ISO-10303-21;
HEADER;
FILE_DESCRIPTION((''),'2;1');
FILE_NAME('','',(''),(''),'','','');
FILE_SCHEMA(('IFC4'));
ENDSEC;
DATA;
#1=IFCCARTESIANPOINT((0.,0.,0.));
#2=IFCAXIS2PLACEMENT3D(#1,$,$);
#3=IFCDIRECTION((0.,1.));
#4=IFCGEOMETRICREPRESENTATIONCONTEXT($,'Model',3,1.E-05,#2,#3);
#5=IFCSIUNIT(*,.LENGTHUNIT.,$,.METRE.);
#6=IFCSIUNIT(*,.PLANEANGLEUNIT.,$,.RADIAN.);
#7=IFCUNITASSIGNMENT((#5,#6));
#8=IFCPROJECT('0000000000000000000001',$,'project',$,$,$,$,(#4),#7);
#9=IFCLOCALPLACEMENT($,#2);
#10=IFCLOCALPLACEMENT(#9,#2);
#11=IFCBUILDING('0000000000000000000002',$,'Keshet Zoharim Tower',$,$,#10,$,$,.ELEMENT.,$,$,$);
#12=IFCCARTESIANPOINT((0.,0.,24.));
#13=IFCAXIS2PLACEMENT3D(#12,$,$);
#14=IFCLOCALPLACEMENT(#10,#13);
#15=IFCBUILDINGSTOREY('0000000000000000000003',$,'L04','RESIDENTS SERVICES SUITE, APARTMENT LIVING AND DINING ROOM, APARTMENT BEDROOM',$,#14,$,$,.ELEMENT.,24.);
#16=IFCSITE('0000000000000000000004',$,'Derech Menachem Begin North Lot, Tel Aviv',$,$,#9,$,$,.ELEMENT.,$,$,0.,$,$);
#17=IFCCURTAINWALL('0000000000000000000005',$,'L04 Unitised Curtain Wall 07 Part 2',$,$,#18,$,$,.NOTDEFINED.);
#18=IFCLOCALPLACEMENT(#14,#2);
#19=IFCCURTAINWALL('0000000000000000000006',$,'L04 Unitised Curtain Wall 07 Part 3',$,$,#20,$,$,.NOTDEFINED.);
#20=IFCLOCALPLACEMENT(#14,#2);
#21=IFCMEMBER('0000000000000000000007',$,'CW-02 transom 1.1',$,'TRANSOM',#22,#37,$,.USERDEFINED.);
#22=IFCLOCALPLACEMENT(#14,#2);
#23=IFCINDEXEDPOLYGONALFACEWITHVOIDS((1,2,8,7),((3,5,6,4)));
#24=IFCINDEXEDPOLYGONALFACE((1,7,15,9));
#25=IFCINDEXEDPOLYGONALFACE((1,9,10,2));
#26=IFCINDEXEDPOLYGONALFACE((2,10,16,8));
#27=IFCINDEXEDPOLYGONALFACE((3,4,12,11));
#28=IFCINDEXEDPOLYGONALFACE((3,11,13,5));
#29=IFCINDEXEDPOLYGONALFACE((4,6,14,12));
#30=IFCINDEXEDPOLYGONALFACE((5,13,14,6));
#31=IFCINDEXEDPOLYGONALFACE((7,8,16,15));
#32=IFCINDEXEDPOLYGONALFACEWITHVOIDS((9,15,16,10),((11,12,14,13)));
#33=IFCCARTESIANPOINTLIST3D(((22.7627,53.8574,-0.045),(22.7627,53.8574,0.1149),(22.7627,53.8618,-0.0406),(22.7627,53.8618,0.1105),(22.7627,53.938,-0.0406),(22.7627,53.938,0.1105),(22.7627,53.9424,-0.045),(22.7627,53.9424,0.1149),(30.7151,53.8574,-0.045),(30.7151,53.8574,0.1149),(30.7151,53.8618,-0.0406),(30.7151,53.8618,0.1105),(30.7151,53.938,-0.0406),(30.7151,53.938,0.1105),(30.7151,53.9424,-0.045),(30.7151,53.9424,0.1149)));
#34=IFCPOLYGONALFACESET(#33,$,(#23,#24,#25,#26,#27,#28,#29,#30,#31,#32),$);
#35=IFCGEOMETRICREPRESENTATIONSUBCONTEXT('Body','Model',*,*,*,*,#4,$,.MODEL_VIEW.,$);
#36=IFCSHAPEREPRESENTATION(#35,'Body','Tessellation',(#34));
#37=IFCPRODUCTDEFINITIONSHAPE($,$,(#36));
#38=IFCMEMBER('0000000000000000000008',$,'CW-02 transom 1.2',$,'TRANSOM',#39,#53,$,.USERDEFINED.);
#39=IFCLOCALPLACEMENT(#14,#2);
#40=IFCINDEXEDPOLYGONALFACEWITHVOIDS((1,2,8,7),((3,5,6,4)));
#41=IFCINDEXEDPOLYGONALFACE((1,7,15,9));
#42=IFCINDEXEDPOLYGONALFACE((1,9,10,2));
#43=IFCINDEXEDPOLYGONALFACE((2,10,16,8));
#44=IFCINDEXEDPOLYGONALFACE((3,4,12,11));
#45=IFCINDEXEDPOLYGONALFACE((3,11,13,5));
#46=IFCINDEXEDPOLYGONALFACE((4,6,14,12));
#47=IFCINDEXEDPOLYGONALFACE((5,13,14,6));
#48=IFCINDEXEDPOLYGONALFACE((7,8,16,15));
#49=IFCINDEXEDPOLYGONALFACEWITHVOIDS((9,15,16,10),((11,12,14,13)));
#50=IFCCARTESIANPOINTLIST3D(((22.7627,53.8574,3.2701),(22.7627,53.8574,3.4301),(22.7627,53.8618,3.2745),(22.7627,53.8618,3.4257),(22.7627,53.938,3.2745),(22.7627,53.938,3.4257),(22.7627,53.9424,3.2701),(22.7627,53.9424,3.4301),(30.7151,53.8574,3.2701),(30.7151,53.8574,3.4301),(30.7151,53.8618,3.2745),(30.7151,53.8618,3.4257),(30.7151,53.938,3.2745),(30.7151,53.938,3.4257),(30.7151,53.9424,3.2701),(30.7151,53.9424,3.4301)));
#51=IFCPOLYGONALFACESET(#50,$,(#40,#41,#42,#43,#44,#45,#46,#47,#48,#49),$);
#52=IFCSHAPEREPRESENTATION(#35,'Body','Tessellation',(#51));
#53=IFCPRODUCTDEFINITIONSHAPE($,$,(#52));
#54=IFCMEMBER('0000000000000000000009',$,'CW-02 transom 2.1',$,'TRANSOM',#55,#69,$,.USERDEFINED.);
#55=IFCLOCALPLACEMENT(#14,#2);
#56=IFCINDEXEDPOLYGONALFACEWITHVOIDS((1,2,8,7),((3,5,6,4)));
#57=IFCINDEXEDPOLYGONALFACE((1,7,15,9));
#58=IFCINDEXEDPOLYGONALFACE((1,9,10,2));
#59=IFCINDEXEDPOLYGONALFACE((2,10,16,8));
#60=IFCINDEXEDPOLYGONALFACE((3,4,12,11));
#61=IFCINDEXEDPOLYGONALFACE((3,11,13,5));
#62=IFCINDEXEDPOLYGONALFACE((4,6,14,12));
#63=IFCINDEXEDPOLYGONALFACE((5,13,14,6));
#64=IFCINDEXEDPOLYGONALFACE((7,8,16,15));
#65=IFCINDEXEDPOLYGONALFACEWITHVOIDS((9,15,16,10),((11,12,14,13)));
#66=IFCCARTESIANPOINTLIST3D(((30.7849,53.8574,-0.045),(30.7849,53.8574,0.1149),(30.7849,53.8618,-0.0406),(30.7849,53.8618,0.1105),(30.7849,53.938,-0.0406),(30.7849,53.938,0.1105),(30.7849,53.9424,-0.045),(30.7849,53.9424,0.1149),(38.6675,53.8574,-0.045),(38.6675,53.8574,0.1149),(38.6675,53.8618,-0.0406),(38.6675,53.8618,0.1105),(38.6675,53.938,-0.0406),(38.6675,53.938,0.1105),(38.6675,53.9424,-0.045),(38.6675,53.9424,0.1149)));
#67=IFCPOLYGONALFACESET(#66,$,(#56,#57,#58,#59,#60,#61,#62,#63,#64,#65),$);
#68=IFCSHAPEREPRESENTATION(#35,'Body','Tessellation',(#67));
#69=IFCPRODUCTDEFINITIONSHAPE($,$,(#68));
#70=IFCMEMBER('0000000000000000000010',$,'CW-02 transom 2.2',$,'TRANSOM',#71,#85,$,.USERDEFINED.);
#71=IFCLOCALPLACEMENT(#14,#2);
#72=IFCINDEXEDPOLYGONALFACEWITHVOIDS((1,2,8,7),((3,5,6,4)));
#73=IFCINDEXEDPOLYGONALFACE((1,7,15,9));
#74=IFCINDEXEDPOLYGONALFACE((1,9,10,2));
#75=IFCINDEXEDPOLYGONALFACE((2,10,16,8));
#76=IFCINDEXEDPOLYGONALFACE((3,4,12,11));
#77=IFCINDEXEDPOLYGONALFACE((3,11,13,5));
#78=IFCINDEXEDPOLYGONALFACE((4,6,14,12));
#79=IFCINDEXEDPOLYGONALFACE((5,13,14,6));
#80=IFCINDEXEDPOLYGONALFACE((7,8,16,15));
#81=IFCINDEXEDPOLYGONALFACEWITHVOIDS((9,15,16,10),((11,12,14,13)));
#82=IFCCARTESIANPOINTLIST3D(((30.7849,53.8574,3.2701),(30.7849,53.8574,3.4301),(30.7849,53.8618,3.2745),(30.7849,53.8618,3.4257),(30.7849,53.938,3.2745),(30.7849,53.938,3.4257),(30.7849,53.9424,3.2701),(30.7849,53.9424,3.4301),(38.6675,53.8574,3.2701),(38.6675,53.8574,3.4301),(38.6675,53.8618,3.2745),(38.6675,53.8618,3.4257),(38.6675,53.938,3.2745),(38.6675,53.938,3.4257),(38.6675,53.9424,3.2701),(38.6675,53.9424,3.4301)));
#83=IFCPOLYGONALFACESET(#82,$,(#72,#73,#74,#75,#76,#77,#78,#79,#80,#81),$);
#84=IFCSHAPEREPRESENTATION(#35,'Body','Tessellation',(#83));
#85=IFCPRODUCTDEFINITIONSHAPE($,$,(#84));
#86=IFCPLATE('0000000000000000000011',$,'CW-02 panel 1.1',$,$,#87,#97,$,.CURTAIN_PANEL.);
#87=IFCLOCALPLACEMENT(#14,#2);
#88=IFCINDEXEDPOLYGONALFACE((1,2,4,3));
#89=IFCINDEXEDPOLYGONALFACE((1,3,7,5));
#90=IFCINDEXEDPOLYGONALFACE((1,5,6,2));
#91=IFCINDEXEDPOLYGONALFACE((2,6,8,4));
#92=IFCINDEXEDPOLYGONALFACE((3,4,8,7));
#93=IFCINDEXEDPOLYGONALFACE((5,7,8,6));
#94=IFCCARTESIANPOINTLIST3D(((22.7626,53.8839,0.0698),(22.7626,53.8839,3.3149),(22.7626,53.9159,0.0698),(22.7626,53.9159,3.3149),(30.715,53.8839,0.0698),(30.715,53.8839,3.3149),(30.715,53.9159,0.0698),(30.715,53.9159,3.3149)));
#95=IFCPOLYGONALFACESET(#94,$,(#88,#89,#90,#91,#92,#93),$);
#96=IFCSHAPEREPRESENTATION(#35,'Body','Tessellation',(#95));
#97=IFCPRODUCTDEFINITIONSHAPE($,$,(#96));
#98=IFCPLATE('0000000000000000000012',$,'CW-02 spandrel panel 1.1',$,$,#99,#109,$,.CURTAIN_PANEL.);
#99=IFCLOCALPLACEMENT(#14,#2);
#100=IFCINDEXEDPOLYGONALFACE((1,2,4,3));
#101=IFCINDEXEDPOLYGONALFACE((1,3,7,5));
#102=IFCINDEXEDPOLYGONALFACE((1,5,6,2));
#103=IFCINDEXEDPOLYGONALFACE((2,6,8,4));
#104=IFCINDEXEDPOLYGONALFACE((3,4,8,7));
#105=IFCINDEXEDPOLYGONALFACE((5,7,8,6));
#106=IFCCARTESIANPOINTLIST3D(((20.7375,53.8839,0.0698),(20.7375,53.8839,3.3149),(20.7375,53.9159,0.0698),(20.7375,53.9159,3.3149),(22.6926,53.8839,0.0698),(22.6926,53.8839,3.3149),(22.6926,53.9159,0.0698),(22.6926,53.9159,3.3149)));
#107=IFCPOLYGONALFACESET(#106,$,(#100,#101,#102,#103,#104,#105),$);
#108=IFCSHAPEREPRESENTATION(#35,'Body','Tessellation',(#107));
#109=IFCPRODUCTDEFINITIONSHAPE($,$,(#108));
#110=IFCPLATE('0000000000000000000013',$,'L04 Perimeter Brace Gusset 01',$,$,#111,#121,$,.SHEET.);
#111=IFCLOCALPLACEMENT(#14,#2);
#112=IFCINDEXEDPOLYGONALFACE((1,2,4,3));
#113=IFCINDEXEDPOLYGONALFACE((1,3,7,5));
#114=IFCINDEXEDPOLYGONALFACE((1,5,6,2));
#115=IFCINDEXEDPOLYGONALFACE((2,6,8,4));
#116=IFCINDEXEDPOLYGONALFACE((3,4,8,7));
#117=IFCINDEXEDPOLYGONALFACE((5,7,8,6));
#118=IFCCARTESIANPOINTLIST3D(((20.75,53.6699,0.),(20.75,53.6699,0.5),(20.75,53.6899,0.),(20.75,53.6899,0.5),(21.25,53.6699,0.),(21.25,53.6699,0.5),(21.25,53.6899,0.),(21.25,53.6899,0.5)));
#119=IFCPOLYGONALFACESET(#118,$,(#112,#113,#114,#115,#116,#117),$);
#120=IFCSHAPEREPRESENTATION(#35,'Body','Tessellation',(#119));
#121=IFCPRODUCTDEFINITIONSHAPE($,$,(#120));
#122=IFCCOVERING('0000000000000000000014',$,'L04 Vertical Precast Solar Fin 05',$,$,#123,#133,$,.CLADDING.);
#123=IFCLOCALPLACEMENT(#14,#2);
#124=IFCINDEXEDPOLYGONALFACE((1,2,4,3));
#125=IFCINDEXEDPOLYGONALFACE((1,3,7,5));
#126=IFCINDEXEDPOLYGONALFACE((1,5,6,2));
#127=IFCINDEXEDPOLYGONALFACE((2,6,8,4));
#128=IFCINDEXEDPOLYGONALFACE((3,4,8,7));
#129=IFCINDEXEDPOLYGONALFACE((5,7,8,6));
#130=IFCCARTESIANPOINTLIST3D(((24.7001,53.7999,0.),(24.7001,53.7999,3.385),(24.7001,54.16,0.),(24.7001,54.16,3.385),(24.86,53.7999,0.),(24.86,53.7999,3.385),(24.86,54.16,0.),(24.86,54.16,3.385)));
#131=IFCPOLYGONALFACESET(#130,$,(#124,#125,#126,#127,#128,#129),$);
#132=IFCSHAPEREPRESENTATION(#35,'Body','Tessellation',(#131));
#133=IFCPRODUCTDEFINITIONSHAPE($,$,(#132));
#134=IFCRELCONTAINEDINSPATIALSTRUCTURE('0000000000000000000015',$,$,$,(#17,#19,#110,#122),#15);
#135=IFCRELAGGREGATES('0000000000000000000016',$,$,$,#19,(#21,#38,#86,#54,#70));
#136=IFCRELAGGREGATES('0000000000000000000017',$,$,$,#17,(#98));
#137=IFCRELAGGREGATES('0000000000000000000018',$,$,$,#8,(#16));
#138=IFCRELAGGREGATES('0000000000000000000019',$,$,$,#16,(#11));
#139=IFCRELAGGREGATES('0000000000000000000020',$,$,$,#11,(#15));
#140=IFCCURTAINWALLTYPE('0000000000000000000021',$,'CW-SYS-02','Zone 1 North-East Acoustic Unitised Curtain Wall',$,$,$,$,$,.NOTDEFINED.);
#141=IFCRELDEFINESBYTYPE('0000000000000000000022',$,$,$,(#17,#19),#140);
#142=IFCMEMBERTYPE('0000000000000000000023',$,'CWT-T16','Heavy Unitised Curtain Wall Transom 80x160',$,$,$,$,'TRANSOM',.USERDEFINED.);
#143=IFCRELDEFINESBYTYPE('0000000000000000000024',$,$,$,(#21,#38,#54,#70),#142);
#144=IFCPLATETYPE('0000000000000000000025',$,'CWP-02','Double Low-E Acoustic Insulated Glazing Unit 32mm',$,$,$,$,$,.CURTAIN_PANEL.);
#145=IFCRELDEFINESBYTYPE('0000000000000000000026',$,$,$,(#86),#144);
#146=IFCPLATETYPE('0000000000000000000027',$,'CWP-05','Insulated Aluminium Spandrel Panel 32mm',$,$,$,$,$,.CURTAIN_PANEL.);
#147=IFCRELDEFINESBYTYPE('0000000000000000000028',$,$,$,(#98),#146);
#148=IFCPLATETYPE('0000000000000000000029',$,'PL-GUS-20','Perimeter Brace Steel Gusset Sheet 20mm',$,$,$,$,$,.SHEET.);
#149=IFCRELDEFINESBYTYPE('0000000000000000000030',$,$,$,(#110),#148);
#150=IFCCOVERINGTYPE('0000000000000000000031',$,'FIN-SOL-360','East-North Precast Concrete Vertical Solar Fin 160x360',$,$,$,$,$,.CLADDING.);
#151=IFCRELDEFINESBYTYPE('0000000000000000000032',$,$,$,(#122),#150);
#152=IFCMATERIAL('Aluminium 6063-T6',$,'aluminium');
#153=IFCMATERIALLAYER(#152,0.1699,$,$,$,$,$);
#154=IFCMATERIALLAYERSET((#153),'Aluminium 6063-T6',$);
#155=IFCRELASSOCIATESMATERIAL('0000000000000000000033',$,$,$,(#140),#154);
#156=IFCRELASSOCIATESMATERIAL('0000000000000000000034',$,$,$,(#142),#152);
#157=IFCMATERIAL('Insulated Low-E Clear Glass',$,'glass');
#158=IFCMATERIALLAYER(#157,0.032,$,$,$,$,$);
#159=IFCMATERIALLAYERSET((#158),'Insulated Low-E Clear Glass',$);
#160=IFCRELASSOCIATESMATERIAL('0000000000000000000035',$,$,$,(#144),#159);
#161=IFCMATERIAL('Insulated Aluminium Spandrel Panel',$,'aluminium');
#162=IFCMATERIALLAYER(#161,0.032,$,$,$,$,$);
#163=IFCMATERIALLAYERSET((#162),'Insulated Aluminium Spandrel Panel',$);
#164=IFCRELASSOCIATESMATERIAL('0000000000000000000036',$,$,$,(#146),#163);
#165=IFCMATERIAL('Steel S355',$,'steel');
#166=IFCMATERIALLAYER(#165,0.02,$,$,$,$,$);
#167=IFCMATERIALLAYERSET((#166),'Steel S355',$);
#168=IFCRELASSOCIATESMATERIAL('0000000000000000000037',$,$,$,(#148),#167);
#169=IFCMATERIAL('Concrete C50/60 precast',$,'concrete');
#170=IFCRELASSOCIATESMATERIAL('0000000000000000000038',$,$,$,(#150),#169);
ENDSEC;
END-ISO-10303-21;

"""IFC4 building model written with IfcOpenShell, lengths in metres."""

from ifc_helpers import new_model, si_unit, direction, frame, origin, origin_2d, place, context, subcontext, project, spatial, rectangle, hollow_rectangle, extrude, material, layer, layer_set, material_profile, profile_set, type_object, element, aggregate, save


model = new_model("IFC4")

# Units and contexts
model_context = context("Model", 3, precision=1e-05, world=origin(), true_north=direction((0.0, 1.0)))
body_context = subcontext(model_context, "Body", "Model", "MODEL_VIEW")
ifc_project = project(units=[si_unit("LENGTHUNIT", "METRE"), si_unit("PLANEANGLEUNIT", "RADIAN")], contexts=[model_context])

# Site, building, storey
site_placement = place(None, origin())
site = spatial("IfcSite", under=ifc_project, at=site_placement, Name="Derech Menachem Begin North Lot, Tel Aviv", CompositionType="ELEMENT", RefElevation=0.0)
building_placement = place(site_placement, origin())
building = spatial("IfcBuilding", under=site, at=building_placement, Name="Keshet Zoharim Tower", CompositionType="ELEMENT")
storey_placement = place(building_placement, frame((0.0, 0.0, 24.0)))
storey = spatial("IfcBuildingStorey", under=building, at=storey_placement, Name="L04", Description="RESIDENTS SERVICES SUITE, APARTMENT LIVING AND DINING ROOM, APARTMENT BEDROOM", CompositionType="ELEMENT", Elevation=24.0)

# Shared definitions
ifc_material_1 = material(Name="Steel S355", Category="steel")

# Curtain walls
ifc_material_2 = material(Name="Aluminium 6063-T6", Category="aluminium")
ifc_layer_1 = layer(ifc_material_2, 0.1699)
ifc_layer_set_1 = layer_set([ifc_layer_1], Name="Aluminium 6063-T6")
curtain_wall_type = type_object("IfcCurtainWallType", Name="CW-SYS-02", Description="Zone 1 North-East Acoustic Unitised Curtain Wall", PredefinedType="NOTDEFINED", material=ifc_layer_set_1)
curtain_wall_1_placement = place(storey_placement, origin())
curtain_wall_1 = element("IfcCurtainWall", 1, at=curtain_wall_1_placement, inside=storey, type_object=curtain_wall_type, Name="L04 Unitised Curtain Wall 07 Part 2", PredefinedType="NOTDEFINED")
curtain_wall_2_placement = place(storey_placement, origin())
curtain_wall_2 = element("IfcCurtainWall", 2, at=curtain_wall_2_placement, inside=storey, type_object=curtain_wall_type, Name="L04 Unitised Curtain Wall 07 Part 3", PredefinedType="NOTDEFINED")

# Members
ifc_material_profile_1 = material_profile(ifc_material_2, hollow_rectangle(XDim=0.085, YDim=0.1599, WallThickness=0.0044, at=origin_2d()), Name="TRN-85x160")
ifc_profile_set_1 = profile_set([ifc_material_profile_1], Name="Aluminium 6063-T6")
member_type_1 = type_object("IfcMemberType", Name="CWT-T16", Description="Heavy Unitised Curtain Wall Transom 80x160", ElementType="TRANSOM", PredefinedType="USERDEFINED", material=ifc_profile_set_1)
member_1_placement = place(storey_placement, frame((22.7627, 53.8999, 0.0349), z_axis=(1.0, 0.0, 0.0), x_axis=(0.0, 1.0, 0.0)))
member_1 = element("IfcMember", 3, at=member_1_placement, type_object=member_type_1, Name="CW-02 transom 1.1", ObjectType="TRANSOM", PredefinedType="USERDEFINED", context=body_context, shape_type="SweptSolid", body=[
    extrude(hollow_rectangle(XDim=0.085, YDim=0.1599, WallThickness=0.0044, at=origin_2d()), origin(), (0.0, 0.0, 1.0), 7.9524),
])
member_2_placement = place(storey_placement, frame((22.7627, 53.8999, 3.3501), z_axis=(1.0, 0.0, 0.0), x_axis=(0.0, 1.0, 0.0)))
member_2 = element("IfcMember", 4, at=member_2_placement, type_object=member_type_1, Name="CW-02 transom 1.2", ObjectType="TRANSOM", PredefinedType="USERDEFINED", context=body_context, shape_type="SweptSolid", body=[
    extrude(hollow_rectangle(XDim=0.085, YDim=0.1599, WallThickness=0.0044, at=origin_2d()), origin(), (0.0, 0.0, 1.0), 7.9524),
])
member_3_placement = place(storey_placement, frame((30.7849, 53.8999, 0.0349), z_axis=(1.0, 0.0, 0.0), x_axis=(0.0, 1.0, 0.0)))
member_3 = element("IfcMember", 5, at=member_3_placement, type_object=member_type_1, Name="CW-02 transom 2.1", ObjectType="TRANSOM", PredefinedType="USERDEFINED", context=body_context, shape_type="SweptSolid", body=[
    extrude(hollow_rectangle(XDim=0.085, YDim=0.1599, WallThickness=0.0044, at=origin_2d()), origin(), (0.0, 0.0, 1.0), 7.8826),
])
member_4_placement = place(storey_placement, frame((30.7849, 53.8999, 3.3501), z_axis=(1.0, 0.0, 0.0), x_axis=(0.0, 1.0, 0.0)))
member_4 = element("IfcMember", 6, at=member_4_placement, type_object=member_type_1, Name="CW-02 transom 2.2", ObjectType="TRANSOM", PredefinedType="USERDEFINED", context=body_context, shape_type="SweptSolid", body=[
    extrude(hollow_rectangle(XDim=0.085, YDim=0.1599, WallThickness=0.0044, at=origin_2d()), origin(), (0.0, 0.0, 1.0), 7.8826),
])

# Plates
ifc_material_3 = material(Name="Insulated Low-E Clear Glass", Category="glass")
ifc_layer_2 = layer(ifc_material_3, 0.032)
ifc_layer_set_2 = layer_set([ifc_layer_2], Name="Insulated Low-E Clear Glass")
plate_type_1 = type_object("IfcPlateType", Name="CWP-02", Description="Double Low-E Acoustic Insulated Glazing Unit 32mm", PredefinedType="CURTAIN_PANEL", material=ifc_layer_set_2)
plate_1_placement = place(storey_placement, frame((26.7388, 53.8999, 0.0698), z_axis=(0.0, 0.0, 1.0), x_axis=(1.0, 0.0, 0.0)))
plate_1 = element("IfcPlate", 7, at=plate_1_placement, type_object=plate_type_1, Name="CW-02 panel 1.1", PredefinedType="CURTAIN_PANEL", context=body_context, shape_type="SweptSolid", body=[
    extrude(rectangle(XDim=7.9524, YDim=0.032, at=origin_2d()), origin(), (0.0, 0.0, 1.0), 3.2451),
])
aggregate(curtain_wall_2, [member_1, member_2, plate_1, member_3, member_4])
ifc_material_4 = material(Name="Insulated Aluminium Spandrel Panel", Category="aluminium")
ifc_layer_3 = layer(ifc_material_4, 0.032)
ifc_layer_set_3 = layer_set([ifc_layer_3], Name="Insulated Aluminium Spandrel Panel")
plate_type_2 = type_object("IfcPlateType", Name="CWP-05", Description="Insulated Aluminium Spandrel Panel 32mm", PredefinedType="CURTAIN_PANEL", material=ifc_layer_set_3)
plate_2_placement = place(storey_placement, frame((21.7151, 53.8999, 0.0698), z_axis=(0.0, 0.0, 1.0), x_axis=(1.0, 0.0, 0.0)))
plate_2 = element("IfcPlate", 8, at=plate_2_placement, type_object=plate_type_2, Name="CW-02 spandrel panel 1.1", PredefinedType="CURTAIN_PANEL", context=body_context, shape_type="SweptSolid", body=[
    extrude(rectangle(XDim=1.9551, YDim=0.032, at=origin_2d()), origin(), (0.0, 0.0, 1.0), 3.2451),
])
aggregate(curtain_wall_1, [plate_2])
ifc_layer_4 = layer(ifc_material_1, 0.02)
ifc_layer_set_4 = layer_set([ifc_layer_4], Name="Steel S355")
plate_type_3 = type_object("IfcPlateType", Name="PL-GUS-20", Description="Perimeter Brace Steel Gusset Sheet 20mm", PredefinedType="SHEET", material=ifc_layer_set_4)
plate_3_placement = place(storey_placement, frame((21.0, 53.6799, 0.0), z_axis=(0.0, 0.0, 1.0), x_axis=(1.0, 0.0, 0.0)))
element("IfcPlate", 9, at=plate_3_placement, inside=storey, type_object=plate_type_3, Name="L04 Perimeter Brace Gusset 01", PredefinedType="SHEET", context=body_context, shape_type="SweptSolid", body=[
    extrude(rectangle(XDim=0.5, YDim=0.02, at=origin_2d()), origin(), (0.0, 0.0, 1.0), 0.5),
])

# Covering
ifc_material_5 = material(Name="Concrete C50/60 precast", Category="concrete")
covering_type = type_object("IfcCoveringType", Name="FIN-SOL-360", Description="East-North Precast Concrete Vertical Solar Fin 160x360", PredefinedType="CLADDING", material=ifc_material_5)
covering_placement = place(storey_placement, frame((24.78, 53.98, 0.0), z_axis=(0.0, 0.0, 1.0), x_axis=(1.0, 0.0, 0.0)))
element("IfcCovering", 10, at=covering_placement, inside=storey, type_object=covering_type, Name="L04 Vertical Precast Solar Fin 05", PredefinedType="CLADDING", context=body_context, shape_type="SweptSolid", body=[
    extrude(rectangle(XDim=0.1599, YDim=0.3601, at=origin_2d()), origin(), (0.0, 0.0, 1.0), 3.385),
])

save(model, "model.ifc")
